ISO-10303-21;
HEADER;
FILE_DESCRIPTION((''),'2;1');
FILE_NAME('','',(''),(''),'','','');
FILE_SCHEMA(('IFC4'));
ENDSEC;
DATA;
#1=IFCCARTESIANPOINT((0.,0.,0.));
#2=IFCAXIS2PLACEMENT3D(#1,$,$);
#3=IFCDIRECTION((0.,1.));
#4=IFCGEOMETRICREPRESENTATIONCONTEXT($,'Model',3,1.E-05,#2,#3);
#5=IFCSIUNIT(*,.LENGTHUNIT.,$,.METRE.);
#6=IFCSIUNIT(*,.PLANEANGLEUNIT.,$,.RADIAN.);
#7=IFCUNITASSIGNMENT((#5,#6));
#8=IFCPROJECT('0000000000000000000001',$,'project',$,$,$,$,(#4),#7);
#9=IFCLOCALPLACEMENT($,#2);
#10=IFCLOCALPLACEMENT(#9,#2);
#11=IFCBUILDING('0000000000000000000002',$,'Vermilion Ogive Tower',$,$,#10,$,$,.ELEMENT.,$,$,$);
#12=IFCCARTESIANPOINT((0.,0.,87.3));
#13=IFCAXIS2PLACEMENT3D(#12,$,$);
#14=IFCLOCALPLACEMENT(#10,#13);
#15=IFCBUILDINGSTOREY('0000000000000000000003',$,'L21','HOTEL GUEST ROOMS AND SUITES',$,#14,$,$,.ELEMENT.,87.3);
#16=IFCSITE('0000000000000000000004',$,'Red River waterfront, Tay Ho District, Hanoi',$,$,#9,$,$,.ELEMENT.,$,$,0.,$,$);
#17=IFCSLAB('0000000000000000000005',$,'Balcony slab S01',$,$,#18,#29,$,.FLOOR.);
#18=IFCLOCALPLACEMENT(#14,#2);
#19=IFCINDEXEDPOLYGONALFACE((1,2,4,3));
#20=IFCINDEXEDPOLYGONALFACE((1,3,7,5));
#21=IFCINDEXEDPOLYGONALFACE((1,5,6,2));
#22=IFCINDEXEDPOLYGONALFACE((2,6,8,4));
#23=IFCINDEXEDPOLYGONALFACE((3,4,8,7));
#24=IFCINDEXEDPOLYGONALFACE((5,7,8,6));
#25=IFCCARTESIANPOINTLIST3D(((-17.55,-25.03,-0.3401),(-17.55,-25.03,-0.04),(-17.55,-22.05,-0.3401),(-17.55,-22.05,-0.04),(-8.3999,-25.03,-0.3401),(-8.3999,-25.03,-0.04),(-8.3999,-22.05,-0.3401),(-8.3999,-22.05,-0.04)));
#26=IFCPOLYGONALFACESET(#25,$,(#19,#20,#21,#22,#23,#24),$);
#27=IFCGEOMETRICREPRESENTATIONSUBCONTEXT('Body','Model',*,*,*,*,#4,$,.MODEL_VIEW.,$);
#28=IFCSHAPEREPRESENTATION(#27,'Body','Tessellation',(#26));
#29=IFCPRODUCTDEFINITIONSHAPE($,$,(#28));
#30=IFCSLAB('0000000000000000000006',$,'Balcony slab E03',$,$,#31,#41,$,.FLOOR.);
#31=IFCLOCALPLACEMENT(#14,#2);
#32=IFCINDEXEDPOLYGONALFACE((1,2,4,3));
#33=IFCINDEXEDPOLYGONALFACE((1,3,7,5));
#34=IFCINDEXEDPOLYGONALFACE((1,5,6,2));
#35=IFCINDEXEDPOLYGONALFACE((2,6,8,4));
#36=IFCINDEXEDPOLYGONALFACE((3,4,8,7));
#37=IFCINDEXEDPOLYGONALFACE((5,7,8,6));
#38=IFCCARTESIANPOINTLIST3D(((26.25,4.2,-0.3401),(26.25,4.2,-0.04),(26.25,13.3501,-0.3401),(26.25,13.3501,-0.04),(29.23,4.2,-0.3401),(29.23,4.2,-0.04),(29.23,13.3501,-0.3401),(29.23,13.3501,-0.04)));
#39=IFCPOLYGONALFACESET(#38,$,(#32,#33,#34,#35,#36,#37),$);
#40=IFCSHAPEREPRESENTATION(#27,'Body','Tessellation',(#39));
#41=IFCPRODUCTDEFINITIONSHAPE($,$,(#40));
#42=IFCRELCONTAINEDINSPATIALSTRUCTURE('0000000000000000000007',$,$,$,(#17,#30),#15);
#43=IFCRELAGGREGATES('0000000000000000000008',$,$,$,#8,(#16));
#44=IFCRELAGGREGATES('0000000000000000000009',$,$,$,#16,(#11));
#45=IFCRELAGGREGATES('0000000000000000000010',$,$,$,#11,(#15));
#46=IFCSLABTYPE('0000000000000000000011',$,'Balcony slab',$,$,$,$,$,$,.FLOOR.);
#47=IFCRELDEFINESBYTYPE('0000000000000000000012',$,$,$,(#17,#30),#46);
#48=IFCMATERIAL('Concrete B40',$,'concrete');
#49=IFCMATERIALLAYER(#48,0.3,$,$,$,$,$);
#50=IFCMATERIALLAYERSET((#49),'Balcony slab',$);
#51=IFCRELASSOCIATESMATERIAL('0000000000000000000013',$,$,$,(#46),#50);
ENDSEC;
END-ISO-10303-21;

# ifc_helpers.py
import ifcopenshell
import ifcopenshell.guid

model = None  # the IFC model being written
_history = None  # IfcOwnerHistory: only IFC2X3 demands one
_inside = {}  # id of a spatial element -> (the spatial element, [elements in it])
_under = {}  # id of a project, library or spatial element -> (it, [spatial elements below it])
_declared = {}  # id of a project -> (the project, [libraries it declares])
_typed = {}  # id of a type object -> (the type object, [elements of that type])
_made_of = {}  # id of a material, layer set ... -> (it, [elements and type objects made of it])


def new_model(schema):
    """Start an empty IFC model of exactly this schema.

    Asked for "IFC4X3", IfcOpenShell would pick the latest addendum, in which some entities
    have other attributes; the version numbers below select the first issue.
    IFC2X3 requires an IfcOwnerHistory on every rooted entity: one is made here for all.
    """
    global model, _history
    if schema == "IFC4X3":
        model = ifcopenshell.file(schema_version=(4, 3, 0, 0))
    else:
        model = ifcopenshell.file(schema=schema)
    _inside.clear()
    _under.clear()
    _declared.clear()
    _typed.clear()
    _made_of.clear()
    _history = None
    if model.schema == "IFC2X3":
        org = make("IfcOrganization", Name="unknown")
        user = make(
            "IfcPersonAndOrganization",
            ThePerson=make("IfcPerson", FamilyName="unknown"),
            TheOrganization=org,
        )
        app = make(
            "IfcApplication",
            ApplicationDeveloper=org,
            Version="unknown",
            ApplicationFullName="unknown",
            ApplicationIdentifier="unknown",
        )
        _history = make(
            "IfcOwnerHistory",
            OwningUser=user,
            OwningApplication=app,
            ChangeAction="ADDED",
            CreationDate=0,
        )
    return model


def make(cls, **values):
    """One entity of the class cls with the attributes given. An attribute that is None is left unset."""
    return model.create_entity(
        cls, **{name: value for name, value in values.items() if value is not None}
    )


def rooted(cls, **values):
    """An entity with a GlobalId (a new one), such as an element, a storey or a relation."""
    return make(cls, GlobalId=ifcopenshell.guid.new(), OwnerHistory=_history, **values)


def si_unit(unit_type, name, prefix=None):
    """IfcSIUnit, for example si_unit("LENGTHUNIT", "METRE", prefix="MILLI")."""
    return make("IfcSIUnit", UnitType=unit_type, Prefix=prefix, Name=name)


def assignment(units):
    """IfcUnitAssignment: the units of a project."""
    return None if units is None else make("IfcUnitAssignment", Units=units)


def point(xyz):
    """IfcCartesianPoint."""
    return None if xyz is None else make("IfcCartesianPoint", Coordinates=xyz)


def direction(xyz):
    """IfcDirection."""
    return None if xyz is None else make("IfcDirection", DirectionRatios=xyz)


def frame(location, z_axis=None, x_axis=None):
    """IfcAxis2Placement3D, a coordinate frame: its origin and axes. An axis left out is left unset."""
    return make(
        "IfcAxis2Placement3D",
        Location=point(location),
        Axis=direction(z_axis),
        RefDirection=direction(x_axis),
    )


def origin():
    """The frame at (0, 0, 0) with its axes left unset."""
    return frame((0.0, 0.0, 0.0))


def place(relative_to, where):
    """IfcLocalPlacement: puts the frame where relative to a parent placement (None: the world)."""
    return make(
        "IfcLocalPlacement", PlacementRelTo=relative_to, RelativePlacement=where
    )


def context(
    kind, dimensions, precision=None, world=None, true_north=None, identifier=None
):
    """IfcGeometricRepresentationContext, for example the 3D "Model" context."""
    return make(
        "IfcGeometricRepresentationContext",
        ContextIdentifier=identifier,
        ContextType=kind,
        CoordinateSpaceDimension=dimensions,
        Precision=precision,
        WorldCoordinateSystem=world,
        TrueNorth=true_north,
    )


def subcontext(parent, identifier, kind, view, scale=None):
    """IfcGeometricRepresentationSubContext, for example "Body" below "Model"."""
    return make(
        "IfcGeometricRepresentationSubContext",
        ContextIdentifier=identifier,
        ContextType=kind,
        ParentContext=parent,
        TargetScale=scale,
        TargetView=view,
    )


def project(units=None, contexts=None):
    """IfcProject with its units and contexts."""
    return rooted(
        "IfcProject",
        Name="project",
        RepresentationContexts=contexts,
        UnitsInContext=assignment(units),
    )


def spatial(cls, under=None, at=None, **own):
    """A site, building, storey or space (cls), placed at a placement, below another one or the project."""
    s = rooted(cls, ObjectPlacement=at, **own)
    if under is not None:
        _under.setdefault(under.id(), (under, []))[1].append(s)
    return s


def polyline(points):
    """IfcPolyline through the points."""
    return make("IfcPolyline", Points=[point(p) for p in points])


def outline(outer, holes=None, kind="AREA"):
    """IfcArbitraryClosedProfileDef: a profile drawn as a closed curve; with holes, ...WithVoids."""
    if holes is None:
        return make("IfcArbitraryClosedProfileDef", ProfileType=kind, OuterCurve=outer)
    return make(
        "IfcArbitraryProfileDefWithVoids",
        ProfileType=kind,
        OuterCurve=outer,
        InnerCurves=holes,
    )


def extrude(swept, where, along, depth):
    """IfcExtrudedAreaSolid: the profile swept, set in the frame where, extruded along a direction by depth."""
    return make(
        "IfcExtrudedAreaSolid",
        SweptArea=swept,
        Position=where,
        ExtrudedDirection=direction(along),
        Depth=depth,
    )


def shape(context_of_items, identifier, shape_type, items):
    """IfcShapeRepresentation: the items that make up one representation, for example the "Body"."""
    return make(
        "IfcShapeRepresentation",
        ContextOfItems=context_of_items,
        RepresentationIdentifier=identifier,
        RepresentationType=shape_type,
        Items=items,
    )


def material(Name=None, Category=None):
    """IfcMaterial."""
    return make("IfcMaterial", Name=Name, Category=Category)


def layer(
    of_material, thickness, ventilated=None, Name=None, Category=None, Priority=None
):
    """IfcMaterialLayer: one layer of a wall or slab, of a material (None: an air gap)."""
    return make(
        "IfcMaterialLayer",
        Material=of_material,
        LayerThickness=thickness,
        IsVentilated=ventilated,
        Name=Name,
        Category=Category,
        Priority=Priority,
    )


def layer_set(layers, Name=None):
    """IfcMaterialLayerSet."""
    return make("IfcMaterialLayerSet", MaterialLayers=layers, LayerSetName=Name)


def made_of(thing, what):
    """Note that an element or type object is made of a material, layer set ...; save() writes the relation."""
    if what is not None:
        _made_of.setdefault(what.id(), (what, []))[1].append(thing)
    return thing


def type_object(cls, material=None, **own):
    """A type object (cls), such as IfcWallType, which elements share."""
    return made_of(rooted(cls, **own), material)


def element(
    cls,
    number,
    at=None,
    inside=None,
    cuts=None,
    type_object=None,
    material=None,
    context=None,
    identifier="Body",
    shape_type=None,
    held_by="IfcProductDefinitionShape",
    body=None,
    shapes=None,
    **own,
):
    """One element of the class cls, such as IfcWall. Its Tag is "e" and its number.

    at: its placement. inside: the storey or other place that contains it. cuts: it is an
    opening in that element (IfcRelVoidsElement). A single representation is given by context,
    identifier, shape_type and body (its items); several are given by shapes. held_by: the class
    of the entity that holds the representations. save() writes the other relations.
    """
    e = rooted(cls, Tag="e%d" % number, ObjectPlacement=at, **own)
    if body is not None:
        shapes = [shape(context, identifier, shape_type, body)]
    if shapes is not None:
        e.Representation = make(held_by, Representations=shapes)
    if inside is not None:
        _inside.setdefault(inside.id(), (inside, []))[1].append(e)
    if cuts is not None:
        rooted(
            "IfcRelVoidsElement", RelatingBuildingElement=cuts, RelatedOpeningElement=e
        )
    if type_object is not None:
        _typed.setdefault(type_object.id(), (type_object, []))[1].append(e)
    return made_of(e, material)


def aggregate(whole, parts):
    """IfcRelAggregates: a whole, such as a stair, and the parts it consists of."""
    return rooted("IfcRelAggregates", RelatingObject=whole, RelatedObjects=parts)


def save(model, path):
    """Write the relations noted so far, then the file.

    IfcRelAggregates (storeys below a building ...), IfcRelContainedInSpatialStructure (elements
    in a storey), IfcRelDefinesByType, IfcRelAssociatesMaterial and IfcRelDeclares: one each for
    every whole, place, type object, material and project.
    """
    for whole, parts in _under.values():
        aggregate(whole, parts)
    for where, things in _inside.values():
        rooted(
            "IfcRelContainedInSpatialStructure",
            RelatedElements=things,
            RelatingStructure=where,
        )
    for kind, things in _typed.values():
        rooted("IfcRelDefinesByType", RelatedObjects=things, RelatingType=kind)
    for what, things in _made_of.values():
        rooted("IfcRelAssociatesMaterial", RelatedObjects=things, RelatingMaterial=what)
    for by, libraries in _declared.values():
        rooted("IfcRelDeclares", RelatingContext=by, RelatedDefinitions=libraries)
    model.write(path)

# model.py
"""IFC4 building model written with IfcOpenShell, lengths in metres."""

from ifc_helpers import new_model, si_unit, direction, frame, origin, place, context, subcontext, project, spatial, polyline, outline, extrude, material, layer, layer_set, type_object, element, save


model = new_model("IFC4")

# Units and contexts
model_context = context("Model", 3, precision=1e-05, world=origin(), true_north=direction((0.0, 1.0)))
body_context = subcontext(model_context, "Body", "Model", "MODEL_VIEW")
ifc_project = project(units=[si_unit("LENGTHUNIT", "METRE"), si_unit("PLANEANGLEUNIT", "RADIAN")], contexts=[model_context])

# Site, building, storey
site_placement = place(None, origin())
site = spatial("IfcSite", under=ifc_project, at=site_placement, Name="Red River waterfront, Tay Ho District, Hanoi", CompositionType="ELEMENT", RefElevation=0.0)
building_placement = place(site_placement, origin())
building = spatial("IfcBuilding", under=site, at=building_placement, Name="Vermilion Ogive Tower", CompositionType="ELEMENT")
storey_placement = place(building_placement, frame((0.0, 0.0, 87.3)))
storey = spatial("IfcBuildingStorey", under=building, at=storey_placement, Name="L21", Description="HOTEL GUEST ROOMS AND SUITES", CompositionType="ELEMENT", Elevation=87.3)

# Slabs
ifc_material_1 = material(Name="Concrete B40", Category="concrete")
ifc_layer_1 = layer(ifc_material_1, 0.3)
ifc_layer_set_1 = layer_set([ifc_layer_1], Name="Balcony slab")
slab_type_1 = type_object("IfcSlabType", Name="Balcony slab", PredefinedType="FLOOR", material=ifc_layer_set_1)
slab_1_placement = place(storey_placement, frame((0.0, 0.0, -0.3401)))
element("IfcSlab", 1, at=slab_1_placement, inside=storey, type_object=slab_type_1, Name="Balcony slab S01", PredefinedType="FLOOR", context=body_context, shape_type="SweptSolid", body=[
    extrude(outline(polyline([(-17.55, -25.03), (-8.3999, -25.03), (-8.3999, -22.05), (-17.55, -22.05), (-17.55, -25.03)])), origin(), (0.0, 0.0, 1.0), 0.3),
])
slab_2_placement = place(storey_placement, frame((0.0, 0.0, -0.3401)))
element("IfcSlab", 2, at=slab_2_placement, inside=storey, type_object=slab_type_1, Name="Balcony slab E03", PredefinedType="FLOOR", context=body_context, shape_type="SweptSolid", body=[
    extrude(outline(polyline([(29.23, 4.2), (29.23, 13.3501), (26.25, 13.3501), (26.25, 4.2), (29.23, 4.2)])), origin(), (0.0, 0.0, 1.0), 0.3),
])

save(model, "model.ifc")
